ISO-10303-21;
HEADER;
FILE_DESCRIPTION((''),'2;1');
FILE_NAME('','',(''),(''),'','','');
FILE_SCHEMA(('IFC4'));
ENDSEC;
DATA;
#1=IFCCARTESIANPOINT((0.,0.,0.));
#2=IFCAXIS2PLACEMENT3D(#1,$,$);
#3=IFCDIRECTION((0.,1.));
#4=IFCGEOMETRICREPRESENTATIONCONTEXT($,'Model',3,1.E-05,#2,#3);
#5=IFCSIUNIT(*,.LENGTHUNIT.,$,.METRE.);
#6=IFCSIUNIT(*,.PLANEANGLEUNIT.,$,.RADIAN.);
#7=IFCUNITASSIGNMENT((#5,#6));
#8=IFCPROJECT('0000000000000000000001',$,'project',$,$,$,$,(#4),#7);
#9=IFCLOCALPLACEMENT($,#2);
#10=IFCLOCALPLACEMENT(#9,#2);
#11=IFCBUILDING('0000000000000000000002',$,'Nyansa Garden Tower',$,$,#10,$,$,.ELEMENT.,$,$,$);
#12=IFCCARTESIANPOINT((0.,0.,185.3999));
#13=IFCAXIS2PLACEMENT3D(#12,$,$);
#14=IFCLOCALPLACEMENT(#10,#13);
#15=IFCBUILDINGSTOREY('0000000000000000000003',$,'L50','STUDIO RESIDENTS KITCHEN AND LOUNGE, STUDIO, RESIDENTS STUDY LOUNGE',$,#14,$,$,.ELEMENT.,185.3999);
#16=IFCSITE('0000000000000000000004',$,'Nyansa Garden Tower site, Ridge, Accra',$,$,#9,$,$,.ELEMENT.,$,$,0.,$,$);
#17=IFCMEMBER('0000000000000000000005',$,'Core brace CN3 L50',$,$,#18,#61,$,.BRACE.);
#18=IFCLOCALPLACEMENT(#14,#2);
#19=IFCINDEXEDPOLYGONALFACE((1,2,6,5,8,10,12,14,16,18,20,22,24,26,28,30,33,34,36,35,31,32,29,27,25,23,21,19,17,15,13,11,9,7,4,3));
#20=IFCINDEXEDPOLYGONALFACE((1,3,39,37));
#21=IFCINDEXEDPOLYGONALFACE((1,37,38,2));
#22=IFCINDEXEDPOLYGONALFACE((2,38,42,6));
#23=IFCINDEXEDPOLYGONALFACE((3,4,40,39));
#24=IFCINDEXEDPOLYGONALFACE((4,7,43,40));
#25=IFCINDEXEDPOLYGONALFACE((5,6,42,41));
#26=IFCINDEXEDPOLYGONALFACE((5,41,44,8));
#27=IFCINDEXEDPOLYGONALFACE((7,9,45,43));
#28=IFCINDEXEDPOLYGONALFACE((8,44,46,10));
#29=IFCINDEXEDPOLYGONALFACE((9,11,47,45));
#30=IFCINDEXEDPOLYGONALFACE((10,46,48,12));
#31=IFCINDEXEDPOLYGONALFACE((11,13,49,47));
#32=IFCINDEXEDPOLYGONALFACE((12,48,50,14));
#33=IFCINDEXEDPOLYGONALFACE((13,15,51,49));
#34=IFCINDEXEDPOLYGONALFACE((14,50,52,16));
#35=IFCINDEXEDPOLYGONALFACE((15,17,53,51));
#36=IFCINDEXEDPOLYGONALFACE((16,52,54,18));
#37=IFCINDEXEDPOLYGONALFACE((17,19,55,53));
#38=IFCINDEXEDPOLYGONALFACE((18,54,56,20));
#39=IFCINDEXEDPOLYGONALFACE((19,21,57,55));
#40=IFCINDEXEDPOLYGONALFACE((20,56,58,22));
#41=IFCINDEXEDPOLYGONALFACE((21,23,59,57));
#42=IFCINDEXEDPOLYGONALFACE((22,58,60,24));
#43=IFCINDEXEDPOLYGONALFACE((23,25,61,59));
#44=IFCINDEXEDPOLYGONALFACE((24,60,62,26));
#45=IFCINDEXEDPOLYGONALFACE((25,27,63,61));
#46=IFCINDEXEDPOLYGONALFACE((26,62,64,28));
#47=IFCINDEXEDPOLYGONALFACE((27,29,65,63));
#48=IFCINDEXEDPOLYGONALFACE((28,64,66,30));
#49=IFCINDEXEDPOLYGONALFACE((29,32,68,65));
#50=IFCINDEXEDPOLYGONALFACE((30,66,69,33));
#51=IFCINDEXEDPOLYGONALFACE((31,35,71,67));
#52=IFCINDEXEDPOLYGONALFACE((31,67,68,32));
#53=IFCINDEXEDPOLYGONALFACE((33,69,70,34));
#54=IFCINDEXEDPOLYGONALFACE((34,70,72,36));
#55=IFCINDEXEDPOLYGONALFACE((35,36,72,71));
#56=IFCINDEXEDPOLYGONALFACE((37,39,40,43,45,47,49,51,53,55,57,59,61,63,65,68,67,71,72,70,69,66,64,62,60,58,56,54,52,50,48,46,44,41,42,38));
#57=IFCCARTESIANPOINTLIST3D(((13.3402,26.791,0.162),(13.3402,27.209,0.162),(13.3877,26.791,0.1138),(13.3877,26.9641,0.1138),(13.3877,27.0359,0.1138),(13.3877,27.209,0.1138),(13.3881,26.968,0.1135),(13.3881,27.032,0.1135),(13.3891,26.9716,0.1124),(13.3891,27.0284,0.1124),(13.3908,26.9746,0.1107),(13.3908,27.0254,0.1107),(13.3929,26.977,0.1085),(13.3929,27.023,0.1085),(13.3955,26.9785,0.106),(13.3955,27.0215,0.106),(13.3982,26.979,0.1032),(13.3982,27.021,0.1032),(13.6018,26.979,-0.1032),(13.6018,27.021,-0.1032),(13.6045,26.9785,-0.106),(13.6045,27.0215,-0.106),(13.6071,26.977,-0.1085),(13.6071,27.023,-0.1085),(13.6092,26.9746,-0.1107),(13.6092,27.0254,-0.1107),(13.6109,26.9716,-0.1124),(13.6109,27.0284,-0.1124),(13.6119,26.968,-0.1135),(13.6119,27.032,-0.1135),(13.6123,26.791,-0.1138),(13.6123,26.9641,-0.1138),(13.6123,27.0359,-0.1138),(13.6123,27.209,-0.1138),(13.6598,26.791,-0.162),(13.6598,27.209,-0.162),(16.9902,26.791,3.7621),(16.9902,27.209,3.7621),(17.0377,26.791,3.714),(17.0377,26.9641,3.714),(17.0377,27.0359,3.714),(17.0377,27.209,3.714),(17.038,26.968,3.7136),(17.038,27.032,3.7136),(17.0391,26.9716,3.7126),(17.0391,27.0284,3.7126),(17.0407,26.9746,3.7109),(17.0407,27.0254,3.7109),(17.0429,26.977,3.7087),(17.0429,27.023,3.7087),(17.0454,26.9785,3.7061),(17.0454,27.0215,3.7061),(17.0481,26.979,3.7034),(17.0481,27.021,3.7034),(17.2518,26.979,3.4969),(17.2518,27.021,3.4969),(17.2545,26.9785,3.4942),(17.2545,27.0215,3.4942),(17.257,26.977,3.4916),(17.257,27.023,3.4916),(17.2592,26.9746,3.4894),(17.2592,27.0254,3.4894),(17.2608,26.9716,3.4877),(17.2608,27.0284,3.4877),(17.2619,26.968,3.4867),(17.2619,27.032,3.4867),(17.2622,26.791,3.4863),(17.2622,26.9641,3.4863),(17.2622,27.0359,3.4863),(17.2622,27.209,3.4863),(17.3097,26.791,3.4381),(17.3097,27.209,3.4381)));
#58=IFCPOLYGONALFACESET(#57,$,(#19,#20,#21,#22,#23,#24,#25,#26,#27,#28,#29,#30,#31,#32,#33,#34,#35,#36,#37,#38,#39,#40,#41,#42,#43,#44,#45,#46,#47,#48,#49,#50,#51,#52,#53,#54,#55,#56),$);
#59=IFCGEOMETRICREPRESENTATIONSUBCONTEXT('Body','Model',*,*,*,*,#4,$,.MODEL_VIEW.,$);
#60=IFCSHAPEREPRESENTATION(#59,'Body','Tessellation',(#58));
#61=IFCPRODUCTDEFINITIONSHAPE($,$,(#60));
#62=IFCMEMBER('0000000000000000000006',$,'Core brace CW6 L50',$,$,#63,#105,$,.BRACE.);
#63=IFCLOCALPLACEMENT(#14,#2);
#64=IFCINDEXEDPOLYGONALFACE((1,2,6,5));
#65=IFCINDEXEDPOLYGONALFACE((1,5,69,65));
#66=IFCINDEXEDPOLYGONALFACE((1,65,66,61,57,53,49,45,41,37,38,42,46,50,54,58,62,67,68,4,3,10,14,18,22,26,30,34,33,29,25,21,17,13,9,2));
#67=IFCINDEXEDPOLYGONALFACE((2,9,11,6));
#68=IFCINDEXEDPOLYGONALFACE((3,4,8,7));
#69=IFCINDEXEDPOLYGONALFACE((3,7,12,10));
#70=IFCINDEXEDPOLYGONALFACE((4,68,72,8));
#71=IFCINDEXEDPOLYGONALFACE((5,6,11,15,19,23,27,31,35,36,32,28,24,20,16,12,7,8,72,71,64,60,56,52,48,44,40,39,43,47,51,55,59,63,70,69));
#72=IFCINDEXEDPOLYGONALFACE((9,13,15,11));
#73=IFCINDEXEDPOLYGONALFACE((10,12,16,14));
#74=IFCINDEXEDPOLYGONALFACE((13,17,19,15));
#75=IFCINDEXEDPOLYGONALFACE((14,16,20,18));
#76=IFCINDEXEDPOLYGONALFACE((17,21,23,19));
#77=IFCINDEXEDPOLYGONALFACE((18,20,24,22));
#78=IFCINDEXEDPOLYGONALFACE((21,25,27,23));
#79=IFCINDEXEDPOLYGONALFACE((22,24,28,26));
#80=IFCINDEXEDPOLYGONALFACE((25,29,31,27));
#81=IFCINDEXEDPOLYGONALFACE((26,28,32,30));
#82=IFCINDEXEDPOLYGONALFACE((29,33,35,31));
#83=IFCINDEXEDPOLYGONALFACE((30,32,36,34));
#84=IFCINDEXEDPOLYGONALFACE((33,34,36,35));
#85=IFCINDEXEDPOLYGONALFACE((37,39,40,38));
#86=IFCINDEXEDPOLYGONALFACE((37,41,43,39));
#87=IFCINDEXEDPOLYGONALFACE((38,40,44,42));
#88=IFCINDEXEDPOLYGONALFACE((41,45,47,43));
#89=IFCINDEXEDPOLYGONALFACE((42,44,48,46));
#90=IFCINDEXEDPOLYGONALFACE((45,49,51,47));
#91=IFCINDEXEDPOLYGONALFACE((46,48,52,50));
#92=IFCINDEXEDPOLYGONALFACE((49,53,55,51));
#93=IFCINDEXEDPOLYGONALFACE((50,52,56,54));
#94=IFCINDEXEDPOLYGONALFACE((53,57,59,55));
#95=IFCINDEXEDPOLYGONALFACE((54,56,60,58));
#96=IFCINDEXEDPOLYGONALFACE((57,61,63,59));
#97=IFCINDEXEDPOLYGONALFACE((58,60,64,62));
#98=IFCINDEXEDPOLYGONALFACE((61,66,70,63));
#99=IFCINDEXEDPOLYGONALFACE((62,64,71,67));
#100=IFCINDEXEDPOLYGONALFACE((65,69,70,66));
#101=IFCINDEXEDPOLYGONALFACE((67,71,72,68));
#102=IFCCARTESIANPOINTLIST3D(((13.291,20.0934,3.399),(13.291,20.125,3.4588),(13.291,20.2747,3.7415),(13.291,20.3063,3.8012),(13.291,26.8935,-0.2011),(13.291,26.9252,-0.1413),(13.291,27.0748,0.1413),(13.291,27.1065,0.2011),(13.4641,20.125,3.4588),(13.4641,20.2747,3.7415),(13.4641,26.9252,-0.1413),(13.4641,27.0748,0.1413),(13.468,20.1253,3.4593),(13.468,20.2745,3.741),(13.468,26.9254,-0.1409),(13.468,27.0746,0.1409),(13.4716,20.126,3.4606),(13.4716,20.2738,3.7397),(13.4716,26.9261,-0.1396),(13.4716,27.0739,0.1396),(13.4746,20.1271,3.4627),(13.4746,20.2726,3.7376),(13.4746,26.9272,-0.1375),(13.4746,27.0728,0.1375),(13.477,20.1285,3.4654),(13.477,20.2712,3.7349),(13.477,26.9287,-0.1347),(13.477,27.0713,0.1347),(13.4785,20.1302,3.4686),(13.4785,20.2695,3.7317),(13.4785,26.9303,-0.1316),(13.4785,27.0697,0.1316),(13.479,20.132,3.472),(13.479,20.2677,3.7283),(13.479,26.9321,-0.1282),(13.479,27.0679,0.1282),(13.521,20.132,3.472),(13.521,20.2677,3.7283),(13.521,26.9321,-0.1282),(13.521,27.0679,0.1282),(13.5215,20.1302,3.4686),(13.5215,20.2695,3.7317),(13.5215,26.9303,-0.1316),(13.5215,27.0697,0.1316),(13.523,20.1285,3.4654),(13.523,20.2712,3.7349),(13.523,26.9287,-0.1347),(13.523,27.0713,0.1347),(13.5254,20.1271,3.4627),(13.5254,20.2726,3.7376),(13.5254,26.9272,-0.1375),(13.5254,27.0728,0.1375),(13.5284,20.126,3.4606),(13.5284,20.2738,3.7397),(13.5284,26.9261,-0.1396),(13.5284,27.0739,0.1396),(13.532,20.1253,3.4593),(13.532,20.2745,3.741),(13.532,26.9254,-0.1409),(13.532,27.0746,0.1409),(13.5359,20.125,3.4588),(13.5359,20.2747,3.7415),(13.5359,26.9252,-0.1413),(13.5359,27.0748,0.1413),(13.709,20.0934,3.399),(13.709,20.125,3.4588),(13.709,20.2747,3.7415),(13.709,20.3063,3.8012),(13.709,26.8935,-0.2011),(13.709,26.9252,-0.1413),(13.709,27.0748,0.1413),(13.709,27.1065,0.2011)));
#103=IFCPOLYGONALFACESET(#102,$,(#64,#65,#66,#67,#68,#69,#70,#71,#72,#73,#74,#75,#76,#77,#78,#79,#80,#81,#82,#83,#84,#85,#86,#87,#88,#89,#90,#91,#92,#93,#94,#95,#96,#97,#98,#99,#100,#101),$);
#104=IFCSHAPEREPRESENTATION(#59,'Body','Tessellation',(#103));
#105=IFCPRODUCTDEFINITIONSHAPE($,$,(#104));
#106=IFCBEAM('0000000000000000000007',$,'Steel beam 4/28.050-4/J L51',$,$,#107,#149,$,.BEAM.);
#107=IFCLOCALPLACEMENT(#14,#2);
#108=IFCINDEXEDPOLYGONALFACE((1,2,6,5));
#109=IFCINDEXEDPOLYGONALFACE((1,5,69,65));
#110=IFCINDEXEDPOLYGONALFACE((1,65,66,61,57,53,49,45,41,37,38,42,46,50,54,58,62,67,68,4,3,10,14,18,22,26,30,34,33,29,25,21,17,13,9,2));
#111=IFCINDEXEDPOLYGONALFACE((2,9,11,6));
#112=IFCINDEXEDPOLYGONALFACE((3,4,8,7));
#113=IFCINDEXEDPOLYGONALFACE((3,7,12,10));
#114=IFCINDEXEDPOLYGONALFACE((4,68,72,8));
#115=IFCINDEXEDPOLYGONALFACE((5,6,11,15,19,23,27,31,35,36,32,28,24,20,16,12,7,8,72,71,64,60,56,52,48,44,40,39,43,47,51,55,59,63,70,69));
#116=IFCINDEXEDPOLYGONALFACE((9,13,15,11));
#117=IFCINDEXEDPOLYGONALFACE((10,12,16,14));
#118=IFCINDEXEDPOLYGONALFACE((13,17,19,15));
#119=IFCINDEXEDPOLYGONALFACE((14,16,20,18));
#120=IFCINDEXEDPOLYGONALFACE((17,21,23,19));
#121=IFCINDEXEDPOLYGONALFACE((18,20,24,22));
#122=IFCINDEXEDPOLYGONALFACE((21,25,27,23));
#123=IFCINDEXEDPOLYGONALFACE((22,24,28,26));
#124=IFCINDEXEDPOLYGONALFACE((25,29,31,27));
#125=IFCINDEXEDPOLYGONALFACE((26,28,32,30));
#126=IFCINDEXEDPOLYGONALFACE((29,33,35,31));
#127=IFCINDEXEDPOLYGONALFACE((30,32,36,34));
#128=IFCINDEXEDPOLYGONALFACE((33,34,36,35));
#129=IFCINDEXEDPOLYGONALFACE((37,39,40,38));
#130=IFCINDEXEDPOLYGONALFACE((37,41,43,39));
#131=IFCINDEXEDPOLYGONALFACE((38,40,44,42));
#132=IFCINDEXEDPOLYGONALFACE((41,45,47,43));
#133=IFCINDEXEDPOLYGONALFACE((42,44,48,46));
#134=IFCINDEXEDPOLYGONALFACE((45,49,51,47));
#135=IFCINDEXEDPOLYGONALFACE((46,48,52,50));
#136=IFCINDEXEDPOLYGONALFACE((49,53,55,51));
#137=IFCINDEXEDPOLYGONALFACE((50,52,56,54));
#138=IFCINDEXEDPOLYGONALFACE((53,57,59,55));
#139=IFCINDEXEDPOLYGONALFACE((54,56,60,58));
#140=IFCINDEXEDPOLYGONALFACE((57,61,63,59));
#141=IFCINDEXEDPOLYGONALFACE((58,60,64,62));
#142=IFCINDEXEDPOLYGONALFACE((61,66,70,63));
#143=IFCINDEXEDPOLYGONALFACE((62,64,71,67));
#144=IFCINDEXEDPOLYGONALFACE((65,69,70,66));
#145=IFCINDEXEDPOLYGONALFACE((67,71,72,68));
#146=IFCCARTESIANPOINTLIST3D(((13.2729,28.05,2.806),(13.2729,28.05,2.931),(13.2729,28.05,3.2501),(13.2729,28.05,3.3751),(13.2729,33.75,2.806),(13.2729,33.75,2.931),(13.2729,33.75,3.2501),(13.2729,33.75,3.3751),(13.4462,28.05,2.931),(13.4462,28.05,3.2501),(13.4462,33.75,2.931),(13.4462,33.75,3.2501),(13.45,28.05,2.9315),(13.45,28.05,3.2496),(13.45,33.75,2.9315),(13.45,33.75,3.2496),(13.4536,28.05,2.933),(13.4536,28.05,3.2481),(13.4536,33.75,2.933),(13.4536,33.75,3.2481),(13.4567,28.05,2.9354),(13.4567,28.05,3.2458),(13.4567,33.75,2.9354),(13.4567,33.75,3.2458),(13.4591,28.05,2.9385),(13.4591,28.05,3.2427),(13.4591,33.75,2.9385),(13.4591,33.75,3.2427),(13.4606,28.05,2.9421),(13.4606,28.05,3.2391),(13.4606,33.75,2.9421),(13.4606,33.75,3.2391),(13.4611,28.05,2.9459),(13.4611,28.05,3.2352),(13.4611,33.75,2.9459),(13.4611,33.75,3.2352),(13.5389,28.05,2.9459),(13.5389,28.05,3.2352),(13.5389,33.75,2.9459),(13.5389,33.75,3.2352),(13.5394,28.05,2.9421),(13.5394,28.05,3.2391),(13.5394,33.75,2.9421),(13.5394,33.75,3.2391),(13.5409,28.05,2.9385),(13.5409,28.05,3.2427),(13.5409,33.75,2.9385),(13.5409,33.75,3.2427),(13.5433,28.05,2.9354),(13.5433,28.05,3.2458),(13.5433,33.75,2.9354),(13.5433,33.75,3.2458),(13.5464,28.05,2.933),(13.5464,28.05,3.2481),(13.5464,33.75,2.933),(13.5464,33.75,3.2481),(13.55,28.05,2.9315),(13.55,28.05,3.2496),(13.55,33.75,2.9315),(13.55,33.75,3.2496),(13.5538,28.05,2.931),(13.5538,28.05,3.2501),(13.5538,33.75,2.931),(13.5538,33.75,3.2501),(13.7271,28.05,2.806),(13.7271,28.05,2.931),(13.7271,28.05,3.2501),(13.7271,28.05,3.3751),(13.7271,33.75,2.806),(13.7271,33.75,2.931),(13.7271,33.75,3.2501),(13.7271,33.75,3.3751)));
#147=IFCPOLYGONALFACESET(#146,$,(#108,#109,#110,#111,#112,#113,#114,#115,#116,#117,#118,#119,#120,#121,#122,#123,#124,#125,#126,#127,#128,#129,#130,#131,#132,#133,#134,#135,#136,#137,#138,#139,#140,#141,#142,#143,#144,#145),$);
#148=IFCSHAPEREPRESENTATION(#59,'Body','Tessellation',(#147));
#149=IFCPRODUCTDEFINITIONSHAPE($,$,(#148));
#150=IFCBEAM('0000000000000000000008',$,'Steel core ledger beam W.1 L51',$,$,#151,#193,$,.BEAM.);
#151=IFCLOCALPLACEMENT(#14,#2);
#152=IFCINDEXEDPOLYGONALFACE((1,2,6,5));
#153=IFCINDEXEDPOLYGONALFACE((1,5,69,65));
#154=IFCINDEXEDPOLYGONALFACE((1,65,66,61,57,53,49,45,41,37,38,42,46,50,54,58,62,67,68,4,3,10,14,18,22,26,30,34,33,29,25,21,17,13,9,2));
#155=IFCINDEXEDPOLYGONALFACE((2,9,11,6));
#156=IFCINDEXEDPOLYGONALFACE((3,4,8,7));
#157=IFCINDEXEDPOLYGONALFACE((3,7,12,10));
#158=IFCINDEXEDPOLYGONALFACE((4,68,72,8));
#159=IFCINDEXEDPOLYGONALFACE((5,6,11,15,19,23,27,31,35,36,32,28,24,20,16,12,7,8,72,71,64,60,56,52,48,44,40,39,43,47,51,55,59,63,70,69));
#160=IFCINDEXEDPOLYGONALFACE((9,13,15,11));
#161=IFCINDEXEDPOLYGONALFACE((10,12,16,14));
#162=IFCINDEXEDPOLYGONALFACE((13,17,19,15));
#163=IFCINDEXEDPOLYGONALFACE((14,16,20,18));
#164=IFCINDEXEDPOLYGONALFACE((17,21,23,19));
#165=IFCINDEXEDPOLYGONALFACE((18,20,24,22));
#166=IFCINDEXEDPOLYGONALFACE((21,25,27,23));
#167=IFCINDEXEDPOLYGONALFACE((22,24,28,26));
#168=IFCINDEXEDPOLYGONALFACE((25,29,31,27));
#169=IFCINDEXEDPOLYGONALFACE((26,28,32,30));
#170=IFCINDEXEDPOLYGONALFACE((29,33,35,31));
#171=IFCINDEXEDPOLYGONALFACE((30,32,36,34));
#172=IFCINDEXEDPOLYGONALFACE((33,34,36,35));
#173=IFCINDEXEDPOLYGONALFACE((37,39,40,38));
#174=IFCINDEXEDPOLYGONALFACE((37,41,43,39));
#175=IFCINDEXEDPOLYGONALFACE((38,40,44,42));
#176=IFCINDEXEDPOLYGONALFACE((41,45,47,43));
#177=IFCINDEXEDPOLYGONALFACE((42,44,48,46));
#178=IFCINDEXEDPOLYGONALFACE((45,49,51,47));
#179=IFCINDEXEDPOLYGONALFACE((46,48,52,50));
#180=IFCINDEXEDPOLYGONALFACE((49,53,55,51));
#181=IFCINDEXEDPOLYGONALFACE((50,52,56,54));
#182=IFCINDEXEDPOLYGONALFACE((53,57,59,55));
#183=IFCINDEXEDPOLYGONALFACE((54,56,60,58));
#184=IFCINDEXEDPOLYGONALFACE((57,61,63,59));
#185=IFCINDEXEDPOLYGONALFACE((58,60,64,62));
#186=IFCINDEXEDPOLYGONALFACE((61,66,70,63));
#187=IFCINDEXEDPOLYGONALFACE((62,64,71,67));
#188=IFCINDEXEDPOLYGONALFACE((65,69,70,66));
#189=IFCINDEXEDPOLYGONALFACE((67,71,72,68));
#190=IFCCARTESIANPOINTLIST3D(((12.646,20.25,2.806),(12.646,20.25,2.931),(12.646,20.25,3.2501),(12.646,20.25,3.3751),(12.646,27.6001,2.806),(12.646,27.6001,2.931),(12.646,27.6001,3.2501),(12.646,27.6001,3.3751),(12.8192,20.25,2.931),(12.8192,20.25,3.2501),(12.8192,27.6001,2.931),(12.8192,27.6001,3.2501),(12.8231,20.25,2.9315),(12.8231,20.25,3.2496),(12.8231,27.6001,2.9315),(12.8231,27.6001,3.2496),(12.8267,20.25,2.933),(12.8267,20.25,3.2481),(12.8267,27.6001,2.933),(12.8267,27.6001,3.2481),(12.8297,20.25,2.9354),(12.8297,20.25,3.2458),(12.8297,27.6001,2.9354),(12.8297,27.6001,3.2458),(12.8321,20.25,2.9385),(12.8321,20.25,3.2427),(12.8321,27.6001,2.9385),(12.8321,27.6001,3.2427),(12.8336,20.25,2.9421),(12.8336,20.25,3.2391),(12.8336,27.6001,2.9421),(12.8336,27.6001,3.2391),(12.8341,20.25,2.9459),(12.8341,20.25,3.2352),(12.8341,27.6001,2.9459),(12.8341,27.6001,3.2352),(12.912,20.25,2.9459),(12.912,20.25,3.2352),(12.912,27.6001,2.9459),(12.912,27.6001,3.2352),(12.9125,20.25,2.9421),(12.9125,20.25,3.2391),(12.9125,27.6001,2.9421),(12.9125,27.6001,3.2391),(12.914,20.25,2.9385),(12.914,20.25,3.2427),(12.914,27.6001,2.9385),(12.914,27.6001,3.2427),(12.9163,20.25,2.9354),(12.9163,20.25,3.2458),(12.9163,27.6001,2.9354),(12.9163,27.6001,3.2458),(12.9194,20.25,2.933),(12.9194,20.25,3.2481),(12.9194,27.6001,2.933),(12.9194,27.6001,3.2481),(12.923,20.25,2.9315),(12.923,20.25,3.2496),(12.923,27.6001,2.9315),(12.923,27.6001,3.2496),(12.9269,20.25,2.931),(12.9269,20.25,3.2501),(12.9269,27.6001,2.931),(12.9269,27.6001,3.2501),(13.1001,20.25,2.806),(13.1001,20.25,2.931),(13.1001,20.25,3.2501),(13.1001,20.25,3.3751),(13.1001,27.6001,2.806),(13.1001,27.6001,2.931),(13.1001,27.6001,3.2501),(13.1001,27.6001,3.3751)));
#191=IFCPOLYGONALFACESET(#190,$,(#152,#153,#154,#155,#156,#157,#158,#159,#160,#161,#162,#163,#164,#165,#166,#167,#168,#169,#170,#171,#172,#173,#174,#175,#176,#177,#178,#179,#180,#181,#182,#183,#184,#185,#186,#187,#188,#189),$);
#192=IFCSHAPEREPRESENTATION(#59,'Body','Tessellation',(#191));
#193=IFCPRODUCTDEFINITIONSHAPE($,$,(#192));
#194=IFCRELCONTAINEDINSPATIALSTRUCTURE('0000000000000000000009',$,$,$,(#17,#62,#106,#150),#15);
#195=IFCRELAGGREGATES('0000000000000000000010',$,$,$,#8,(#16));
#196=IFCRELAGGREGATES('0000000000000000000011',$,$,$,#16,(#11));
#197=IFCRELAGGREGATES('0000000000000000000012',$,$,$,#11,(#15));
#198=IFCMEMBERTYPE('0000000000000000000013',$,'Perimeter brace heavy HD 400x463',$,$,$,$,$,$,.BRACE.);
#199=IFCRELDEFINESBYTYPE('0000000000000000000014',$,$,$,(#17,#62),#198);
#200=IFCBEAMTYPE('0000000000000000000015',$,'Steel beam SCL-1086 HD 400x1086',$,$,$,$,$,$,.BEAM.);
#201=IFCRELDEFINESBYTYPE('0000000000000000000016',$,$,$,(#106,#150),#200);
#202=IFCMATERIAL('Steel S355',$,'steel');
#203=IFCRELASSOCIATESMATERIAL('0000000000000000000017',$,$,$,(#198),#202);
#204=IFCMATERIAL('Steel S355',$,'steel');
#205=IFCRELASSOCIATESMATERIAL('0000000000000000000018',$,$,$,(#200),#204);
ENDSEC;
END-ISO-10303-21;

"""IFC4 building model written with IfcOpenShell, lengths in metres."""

from ifc_helpers import new_model, si_unit, direction, frame, origin, origin_2d, place, context, subcontext, project, spatial, i_section, extrude, material, material_profile, profile_set, type_object, element, save


model = new_model("IFC4")

# Units and contexts
model_context = context("Model", 3, precision=1e-05, world=origin(), true_north=direction((0.0, 1.0)))
body_context = subcontext(model_context, "Body", "Model", "MODEL_VIEW")
ifc_project = project(units=[si_unit("LENGTHUNIT", "METRE"), si_unit("PLANEANGLEUNIT", "RADIAN")], contexts=[model_context])

# Site, building, storey
site_placement = place(None, origin())
site = spatial("IfcSite", under=ifc_project, at=site_placement, Name="Nyansa Garden Tower site, Ridge, Accra", CompositionType="ELEMENT", RefElevation=0.0)
building_placement = place(site_placement, origin())
building = spatial("IfcBuilding", under=site, at=building_placement, Name="Nyansa Garden Tower", CompositionType="ELEMENT")
storey_placement = place(building_placement, frame((0.0, 0.0, 185.3999)))
storey = spatial("IfcBuildingStorey", under=building, at=storey_placement, Name="L50", Description="STUDIO RESIDENTS KITCHEN AND LOUNGE, STUDIO, RESIDENTS STUDY LOUNGE", CompositionType="ELEMENT", Elevation=185.3999)

# Members
ifc_material_1 = material(Name="Steel S355", Category="steel")
ifc_material_profile_1 = material_profile(ifc_material_1, i_section(OverallWidth=0.418, OverallDepth=0.4551, WebThickness=0.042, FlangeThickness=0.0676, FilletRadius=0.0149, at=origin_2d()), Name="HD 400x463")
ifc_profile_set_1 = profile_set([ifc_material_profile_1], Name="Steel S355")
member_type = type_object("IfcMemberType", Name="Perimeter brace heavy HD 400x463", PredefinedType="BRACE", material=ifc_profile_set_1)
member_1_placement = place(storey_placement, frame((13.5, 27.0, 0.0), z_axis=(0.711948, 0.0, 0.702233), x_axis=(0.0, 1.0, 0.0)))
element("IfcMember", 1, at=member_1_placement, inside=storey, type_object=member_type, Name="Core brace CN3 L50", PredefinedType="BRACE", context=body_context, shape_type="SweptSolid", body=[
    extrude(i_section(OverallWidth=0.418, OverallDepth=0.4551, WebThickness=0.042, FlangeThickness=0.0676, FilletRadius=0.0149, at=origin_2d()), origin(), (0.0, 0.0, 1.0), 5.1267),
])
member_2_placement = place(storey_placement, frame((13.5, 27.0, 0.0), z_axis=(0.0, -0.883784, 0.467895), x_axis=(1.0, 0.0, 0.0)))
element("IfcMember", 2, at=member_2_placement, inside=storey, type_object=member_type, Name="Core brace CW6 L50", PredefinedType="BRACE", context=body_context, shape_type="SweptSolid", body=[
    extrude(i_section(OverallWidth=0.418, OverallDepth=0.4551, WebThickness=0.042, FlangeThickness=0.0676, FilletRadius=0.0149, at=origin_2d()), origin(), (0.0, 0.0, 1.0), 7.6943),
])

# Beams
ifc_material_2 = material(Name="Steel S355", Category="steel")
ifc_material_profile_2 = material_profile(ifc_material_2, i_section(OverallWidth=0.4541, OverallDepth=0.5691, WebThickness=0.0779, FlangeThickness=0.125, FilletRadius=0.0149, at=origin_2d()), Name="HD 400x1086")
ifc_profile_set_2 = profile_set([ifc_material_profile_2], Name="Steel S355")
beam_type = type_object("IfcBeamType", Name="Steel beam SCL-1086 HD 400x1086", PredefinedType="BEAM", material=ifc_profile_set_2)
beam_1_placement = place(storey_placement, frame((13.5, 28.05, 3.0906), z_axis=(0.0, 1.0, 0.0), x_axis=(-1.0, 0.0, 0.0)))
element("IfcBeam", 3, at=beam_1_placement, inside=storey, type_object=beam_type, Name="Steel beam 4/28.050-4/J L51", PredefinedType="BEAM", context=body_context, shape_type="SweptSolid", body=[
    extrude(i_section(OverallWidth=0.4541, OverallDepth=0.5691, WebThickness=0.0779, FlangeThickness=0.125, FilletRadius=0.0149, at=origin_2d()), origin(), (0.0, 0.0, 1.0), 5.7),
])
beam_2_placement = place(storey_placement, frame((12.873, 27.6001, 3.0906), z_axis=(0.0, -1.0, 0.0), x_axis=(1.0, 0.0, 0.0)))
element("IfcBeam", 4, at=beam_2_placement, inside=storey, type_object=beam_type, Name="Steel core ledger beam W.1 L51", PredefinedType="BEAM", context=body_context, shape_type="SweptSolid", body=[
    extrude(i_section(OverallWidth=0.4541, OverallDepth=0.5691, WebThickness=0.0779, FlangeThickness=0.125, FilletRadius=0.0149, at=origin_2d()), origin(), (0.0, 0.0, 1.0), 7.3501),
])

save(model, "model.ifc")
